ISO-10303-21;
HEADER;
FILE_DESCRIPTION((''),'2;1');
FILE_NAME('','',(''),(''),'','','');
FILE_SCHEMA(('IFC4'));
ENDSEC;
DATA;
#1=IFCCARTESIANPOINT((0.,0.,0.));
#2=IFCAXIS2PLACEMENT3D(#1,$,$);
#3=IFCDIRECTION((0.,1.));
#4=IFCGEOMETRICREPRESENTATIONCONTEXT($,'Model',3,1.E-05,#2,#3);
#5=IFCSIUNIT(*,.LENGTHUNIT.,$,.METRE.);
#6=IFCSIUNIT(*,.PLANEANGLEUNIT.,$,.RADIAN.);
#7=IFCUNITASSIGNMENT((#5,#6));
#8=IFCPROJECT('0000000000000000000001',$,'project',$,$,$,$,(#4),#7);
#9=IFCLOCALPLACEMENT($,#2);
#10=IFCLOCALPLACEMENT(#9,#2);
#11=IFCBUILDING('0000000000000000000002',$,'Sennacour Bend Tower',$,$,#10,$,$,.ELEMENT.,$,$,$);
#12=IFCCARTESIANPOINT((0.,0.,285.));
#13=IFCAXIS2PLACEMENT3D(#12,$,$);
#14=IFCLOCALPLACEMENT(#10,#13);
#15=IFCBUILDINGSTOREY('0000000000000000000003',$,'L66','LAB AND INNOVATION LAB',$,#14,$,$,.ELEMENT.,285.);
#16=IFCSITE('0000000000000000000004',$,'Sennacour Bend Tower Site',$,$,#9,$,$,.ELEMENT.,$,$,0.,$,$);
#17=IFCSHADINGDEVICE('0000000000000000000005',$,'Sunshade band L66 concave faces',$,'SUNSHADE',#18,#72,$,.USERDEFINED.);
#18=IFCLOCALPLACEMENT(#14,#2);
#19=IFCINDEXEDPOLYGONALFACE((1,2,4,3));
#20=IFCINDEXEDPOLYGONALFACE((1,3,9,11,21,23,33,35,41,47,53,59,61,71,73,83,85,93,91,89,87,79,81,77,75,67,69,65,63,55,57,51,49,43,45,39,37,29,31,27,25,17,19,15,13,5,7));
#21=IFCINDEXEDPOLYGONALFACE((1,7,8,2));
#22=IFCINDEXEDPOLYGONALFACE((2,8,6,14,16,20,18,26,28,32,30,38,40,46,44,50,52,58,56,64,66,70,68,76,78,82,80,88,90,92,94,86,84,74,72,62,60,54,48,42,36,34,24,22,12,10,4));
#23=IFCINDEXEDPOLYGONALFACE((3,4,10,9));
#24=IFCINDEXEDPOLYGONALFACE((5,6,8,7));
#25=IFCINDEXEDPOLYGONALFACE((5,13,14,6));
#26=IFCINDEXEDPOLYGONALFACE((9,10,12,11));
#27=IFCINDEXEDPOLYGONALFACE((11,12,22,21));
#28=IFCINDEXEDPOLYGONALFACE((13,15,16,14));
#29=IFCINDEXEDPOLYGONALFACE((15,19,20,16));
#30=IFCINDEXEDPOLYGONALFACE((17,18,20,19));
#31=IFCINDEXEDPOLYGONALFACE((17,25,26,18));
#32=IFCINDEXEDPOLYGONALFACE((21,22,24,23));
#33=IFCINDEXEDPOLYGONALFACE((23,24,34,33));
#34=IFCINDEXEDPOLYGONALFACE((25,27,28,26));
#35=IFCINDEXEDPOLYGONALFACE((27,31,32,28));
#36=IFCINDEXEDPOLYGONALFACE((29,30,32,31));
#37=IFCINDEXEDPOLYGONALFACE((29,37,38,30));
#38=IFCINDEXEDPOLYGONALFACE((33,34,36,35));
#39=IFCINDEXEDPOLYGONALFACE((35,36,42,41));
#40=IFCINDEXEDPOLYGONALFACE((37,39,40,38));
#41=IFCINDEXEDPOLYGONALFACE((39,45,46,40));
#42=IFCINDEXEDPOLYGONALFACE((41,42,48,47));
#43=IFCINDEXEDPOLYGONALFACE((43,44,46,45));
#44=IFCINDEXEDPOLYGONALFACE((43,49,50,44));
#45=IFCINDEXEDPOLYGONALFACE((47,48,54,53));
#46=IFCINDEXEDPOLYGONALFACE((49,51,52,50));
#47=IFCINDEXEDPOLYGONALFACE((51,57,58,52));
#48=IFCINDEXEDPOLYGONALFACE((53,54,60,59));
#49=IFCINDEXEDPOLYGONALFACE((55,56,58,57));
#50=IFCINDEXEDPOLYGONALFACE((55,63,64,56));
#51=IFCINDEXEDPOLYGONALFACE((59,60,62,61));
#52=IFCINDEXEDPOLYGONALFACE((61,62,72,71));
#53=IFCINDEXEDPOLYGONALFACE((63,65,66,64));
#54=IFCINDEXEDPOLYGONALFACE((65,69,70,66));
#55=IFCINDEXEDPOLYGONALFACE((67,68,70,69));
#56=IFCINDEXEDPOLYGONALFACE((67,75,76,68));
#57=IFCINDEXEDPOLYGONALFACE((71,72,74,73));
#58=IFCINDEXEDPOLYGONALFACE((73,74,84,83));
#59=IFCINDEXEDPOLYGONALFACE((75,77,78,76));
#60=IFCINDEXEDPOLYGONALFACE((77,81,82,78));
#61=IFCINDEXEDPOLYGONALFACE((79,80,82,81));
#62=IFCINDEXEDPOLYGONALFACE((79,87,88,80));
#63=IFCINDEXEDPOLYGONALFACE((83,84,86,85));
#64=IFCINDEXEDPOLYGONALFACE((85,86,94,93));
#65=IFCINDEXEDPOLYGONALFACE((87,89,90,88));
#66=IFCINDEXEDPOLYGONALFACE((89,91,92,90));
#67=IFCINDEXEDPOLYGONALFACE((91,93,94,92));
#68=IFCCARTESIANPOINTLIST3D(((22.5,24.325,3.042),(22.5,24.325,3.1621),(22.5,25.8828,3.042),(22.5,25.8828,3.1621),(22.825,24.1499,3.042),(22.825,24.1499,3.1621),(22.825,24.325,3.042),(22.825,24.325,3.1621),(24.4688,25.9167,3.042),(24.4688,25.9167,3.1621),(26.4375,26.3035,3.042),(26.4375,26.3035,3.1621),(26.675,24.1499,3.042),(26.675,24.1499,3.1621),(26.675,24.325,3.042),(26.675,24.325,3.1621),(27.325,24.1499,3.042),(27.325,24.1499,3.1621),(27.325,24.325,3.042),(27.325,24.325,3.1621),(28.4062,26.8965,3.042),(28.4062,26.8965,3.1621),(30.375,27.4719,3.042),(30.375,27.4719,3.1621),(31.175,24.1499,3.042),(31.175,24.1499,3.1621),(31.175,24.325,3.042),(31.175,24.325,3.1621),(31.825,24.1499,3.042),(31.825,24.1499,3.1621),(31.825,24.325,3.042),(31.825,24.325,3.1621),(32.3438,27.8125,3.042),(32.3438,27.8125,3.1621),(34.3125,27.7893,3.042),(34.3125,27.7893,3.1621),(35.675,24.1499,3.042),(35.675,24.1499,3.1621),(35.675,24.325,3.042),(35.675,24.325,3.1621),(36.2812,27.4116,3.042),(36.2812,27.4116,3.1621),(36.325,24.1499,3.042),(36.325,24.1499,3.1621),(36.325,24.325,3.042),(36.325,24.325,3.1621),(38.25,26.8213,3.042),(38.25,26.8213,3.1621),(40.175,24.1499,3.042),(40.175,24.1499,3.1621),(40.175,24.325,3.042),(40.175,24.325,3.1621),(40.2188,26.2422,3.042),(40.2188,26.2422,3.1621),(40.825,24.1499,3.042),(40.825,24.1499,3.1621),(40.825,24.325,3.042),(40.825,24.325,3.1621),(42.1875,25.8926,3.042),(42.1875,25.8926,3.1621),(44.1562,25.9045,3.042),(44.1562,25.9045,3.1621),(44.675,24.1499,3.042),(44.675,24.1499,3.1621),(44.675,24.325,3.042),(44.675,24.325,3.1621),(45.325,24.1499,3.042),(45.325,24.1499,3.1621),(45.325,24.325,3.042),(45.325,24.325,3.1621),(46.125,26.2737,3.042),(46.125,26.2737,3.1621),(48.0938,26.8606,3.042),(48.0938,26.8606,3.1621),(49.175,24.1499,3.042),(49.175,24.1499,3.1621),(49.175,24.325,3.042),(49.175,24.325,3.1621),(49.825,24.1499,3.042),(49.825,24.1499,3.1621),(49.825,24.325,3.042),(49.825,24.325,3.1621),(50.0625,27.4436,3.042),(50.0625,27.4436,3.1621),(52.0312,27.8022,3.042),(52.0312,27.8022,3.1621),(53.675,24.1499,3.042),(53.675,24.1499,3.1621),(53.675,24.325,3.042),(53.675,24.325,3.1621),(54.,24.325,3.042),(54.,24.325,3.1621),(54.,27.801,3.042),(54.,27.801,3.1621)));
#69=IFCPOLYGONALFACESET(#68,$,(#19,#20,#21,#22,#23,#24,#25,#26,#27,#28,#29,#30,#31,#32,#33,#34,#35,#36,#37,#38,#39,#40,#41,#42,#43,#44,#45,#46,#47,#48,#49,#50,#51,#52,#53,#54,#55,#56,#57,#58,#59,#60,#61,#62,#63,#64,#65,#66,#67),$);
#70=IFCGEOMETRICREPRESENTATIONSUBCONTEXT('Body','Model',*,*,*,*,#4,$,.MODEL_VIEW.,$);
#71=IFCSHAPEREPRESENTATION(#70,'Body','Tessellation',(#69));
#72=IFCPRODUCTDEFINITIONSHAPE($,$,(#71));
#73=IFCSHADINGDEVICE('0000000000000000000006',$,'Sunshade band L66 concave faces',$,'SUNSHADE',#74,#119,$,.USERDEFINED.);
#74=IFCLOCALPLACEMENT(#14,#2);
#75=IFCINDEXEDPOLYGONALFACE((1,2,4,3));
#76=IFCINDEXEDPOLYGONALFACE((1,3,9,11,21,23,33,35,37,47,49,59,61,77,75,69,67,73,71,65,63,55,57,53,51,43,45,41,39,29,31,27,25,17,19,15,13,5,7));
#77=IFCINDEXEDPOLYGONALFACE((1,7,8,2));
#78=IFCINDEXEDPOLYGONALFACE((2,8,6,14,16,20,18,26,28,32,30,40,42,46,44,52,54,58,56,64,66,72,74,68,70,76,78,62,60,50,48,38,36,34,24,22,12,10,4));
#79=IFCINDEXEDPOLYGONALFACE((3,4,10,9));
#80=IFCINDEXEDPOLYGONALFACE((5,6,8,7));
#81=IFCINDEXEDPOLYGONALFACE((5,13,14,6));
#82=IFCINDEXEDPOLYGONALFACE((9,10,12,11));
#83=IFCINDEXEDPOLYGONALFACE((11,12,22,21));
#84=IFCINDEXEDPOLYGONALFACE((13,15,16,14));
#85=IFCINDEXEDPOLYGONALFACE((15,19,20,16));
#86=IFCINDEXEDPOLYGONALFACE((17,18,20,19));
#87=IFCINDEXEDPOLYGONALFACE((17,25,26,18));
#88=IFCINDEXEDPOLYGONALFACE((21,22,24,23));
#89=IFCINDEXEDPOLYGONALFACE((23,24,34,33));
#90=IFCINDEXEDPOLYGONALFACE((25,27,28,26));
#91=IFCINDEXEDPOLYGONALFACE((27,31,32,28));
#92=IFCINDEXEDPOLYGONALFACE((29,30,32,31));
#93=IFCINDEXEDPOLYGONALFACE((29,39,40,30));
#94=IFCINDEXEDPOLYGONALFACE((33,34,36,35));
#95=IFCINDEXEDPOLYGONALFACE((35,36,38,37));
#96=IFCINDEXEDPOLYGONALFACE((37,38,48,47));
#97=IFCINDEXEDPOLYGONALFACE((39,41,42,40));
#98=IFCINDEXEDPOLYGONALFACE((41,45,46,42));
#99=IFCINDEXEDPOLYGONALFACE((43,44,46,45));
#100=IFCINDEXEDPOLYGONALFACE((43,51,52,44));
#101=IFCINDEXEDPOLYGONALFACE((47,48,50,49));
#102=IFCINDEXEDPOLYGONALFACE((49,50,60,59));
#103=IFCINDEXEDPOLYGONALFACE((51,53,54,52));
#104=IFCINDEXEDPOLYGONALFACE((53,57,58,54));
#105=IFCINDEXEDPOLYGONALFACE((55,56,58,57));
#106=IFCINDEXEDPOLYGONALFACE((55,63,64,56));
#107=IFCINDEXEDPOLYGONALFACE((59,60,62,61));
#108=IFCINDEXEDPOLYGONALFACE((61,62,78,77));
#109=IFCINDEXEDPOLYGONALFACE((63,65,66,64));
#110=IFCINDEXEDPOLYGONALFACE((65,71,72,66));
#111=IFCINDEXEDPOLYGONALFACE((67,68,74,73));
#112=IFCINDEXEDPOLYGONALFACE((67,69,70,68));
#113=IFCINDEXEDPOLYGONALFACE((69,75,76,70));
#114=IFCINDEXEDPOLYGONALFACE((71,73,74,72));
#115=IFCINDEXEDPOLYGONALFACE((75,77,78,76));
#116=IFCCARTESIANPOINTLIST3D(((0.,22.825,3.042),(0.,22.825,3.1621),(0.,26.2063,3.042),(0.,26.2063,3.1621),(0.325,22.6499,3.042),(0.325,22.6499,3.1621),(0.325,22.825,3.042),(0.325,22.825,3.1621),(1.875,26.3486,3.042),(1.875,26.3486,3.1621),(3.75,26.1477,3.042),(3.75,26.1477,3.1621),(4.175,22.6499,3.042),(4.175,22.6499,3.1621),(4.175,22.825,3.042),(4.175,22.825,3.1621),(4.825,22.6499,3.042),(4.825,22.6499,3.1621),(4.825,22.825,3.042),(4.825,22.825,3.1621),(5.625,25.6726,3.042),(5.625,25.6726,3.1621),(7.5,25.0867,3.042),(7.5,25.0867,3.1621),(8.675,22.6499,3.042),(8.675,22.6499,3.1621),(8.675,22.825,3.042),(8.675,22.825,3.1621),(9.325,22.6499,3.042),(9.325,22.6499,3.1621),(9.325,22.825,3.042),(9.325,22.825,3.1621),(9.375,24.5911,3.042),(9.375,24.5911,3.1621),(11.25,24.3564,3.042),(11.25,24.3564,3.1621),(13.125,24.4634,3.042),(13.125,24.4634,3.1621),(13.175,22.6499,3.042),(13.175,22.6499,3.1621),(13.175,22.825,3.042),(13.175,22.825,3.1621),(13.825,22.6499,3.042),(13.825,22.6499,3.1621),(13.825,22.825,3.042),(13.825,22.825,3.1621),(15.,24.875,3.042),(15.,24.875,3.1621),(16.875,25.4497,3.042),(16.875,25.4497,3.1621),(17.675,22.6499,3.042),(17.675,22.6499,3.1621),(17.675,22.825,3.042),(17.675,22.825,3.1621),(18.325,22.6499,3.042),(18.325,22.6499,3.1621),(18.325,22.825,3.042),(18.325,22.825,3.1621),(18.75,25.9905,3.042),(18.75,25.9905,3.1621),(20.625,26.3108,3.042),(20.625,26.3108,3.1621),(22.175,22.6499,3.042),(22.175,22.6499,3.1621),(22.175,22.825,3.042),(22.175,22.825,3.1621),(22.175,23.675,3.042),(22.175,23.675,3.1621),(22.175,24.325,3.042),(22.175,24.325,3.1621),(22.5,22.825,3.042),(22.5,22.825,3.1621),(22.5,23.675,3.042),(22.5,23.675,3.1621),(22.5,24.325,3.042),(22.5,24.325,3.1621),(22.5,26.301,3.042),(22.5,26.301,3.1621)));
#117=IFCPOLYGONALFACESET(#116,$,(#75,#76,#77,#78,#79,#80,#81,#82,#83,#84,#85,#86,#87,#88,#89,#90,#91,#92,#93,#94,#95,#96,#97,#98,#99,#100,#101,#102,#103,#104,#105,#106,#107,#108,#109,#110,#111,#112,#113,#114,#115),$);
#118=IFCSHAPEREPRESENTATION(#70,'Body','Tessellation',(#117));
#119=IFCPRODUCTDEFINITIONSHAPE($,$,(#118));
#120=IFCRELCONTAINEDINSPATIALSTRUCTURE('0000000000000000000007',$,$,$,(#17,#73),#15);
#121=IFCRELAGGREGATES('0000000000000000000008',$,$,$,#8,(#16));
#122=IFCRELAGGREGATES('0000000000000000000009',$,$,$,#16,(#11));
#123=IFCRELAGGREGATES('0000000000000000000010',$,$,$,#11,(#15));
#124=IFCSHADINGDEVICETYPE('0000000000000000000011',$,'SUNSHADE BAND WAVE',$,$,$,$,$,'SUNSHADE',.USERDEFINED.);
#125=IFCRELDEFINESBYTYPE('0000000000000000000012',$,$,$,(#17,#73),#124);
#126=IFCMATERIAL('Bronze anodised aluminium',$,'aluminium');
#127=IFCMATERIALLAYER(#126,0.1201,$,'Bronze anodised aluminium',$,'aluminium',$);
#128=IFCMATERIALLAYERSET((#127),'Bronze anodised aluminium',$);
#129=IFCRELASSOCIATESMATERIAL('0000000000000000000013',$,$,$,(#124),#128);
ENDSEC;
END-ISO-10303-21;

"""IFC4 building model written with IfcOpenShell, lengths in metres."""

from ifc_helpers import new_model, si_unit, direction, frame, origin, place, context, subcontext, project, spatial, polyline, outline, extrude, material, layer, layer_set, type_object, element, save


model = new_model("IFC4")

# Units and contexts
model_context = context("Model", 3, precision=1e-05, world=origin(), true_north=direction((0.0, 1.0)))
body_context = subcontext(model_context, "Body", "Model", "MODEL_VIEW")
ifc_project = project(units=[si_unit("LENGTHUNIT", "METRE"), si_unit("PLANEANGLEUNIT", "RADIAN")], contexts=[model_context])

# Site, building, storey
site_placement = place(None, origin())
site = spatial("IfcSite", under=ifc_project, at=site_placement, Name="Sennacour Bend Tower Site", CompositionType="ELEMENT", RefElevation=0.0)
building_placement = place(site_placement, origin())
building = spatial("IfcBuilding", under=site, at=building_placement, Name="Sennacour Bend Tower", CompositionType="ELEMENT")
storey_placement = place(building_placement, frame((0.0, 0.0, 285.0)))
storey = spatial("IfcBuildingStorey", under=building, at=storey_placement, Name="L66", Description="LAB AND INNOVATION LAB", CompositionType="ELEMENT", Elevation=285.0)

# Shading devices
ifc_material_1 = material(Name="Bronze anodised aluminium", Category="aluminium")
ifc_layer_1 = layer(ifc_material_1, 0.1201, Name="Bronze anodised aluminium", Category="aluminium")
ifc_layer_set_1 = layer_set([ifc_layer_1], Name="Bronze anodised aluminium")
shading_device_type_1 = type_object("IfcShadingDeviceType", Name="SUNSHADE BAND WAVE", ElementType="SUNSHADE", PredefinedType="USERDEFINED", material=ifc_layer_set_1)
shading_device_1_placement = place(storey_placement, frame((0.0, 0.0, 3.042)))
element("IfcShadingDevice", 1, at=shading_device_1_placement, inside=storey, type_object=shading_device_type_1, Name="Sunshade band L66 concave faces", ObjectType="SUNSHADE", PredefinedType="USERDEFINED", context=body_context, shape_type="SweptSolid", body=[
    extrude(outline(polyline([(53.675, 24.1499), (49.825, 24.1499), (49.825, 24.325), (49.175, 24.325), (49.175, 24.1499), (45.325, 24.1499), (45.325, 24.325), (44.675, 24.325), (44.675, 24.1499), (40.825, 24.1499), (40.825, 24.325), (40.175, 24.325), (40.175, 24.1499), (36.325, 24.1499), (36.325, 24.325), (35.675, 24.325), (35.675, 24.1499), (31.825, 24.1499), (31.825, 24.325), (31.175, 24.325), (31.175, 24.1499), (27.325, 24.1499), (27.325, 24.325), (26.675, 24.325), (26.675, 24.1499), (22.825, 24.1499), (22.825, 24.325), (22.5, 24.325), (22.5, 25.8828), (24.4688, 25.9167), (26.4375, 26.3035), (28.4062, 26.8965), (30.375, 27.4719), (32.3438, 27.8125), (34.3125, 27.7893), (36.2812, 27.4116), (38.25, 26.8213), (40.2188, 26.2422), (42.1875, 25.8926), (44.1562, 25.9045), (46.125, 26.2737), (48.0938, 26.8606), (50.0625, 27.4436), (52.0312, 27.8022), (54.0, 27.801), (54.0, 24.325), (53.675, 24.325), (53.675, 24.1499)])), origin(), (0.0, 0.0, 1.0), 0.1201),
])
shading_device_2_placement = place(storey_placement, frame((0.0, 0.0, 3.042)))
element("IfcShadingDevice", 2, at=shading_device_2_placement, inside=storey, type_object=shading_device_type_1, Name="Sunshade band L66 concave faces", ObjectType="SUNSHADE", PredefinedType="USERDEFINED", context=body_context, shape_type="SweptSolid", body=[
    extrude(outline(polyline([(22.175, 22.6499), (18.325, 22.6499), (18.325, 22.825), (17.675, 22.825), (17.675, 22.6499), (13.825, 22.6499), (13.825, 22.825), (13.175, 22.825), (13.175, 22.6499), (9.325, 22.6499), (9.325, 22.825), (8.675, 22.825), (8.675, 22.6499), (4.825, 22.6499), (4.825, 22.825), (4.175, 22.825), (4.175, 22.6499), (0.325, 22.6499), (0.325, 22.825), (0.0, 22.825), (0.0, 26.2063), (1.875, 26.3486), (3.75, 26.1477), (5.625, 25.6726), (7.5, 25.0867), (9.375, 24.5911), (11.25, 24.3564), (13.125, 24.4634), (15.0, 24.875), (16.875, 25.4497), (18.75, 25.9905), (20.625, 26.3108), (22.5, 26.301), (22.5, 24.325), (22.175, 24.325), (22.175, 23.675), (22.5, 23.675), (22.5, 22.825), (22.175, 22.825), (22.175, 22.6499)])), origin(), (0.0, 0.0, 1.0), 0.1201),
])

save(model, "model.ifc")
